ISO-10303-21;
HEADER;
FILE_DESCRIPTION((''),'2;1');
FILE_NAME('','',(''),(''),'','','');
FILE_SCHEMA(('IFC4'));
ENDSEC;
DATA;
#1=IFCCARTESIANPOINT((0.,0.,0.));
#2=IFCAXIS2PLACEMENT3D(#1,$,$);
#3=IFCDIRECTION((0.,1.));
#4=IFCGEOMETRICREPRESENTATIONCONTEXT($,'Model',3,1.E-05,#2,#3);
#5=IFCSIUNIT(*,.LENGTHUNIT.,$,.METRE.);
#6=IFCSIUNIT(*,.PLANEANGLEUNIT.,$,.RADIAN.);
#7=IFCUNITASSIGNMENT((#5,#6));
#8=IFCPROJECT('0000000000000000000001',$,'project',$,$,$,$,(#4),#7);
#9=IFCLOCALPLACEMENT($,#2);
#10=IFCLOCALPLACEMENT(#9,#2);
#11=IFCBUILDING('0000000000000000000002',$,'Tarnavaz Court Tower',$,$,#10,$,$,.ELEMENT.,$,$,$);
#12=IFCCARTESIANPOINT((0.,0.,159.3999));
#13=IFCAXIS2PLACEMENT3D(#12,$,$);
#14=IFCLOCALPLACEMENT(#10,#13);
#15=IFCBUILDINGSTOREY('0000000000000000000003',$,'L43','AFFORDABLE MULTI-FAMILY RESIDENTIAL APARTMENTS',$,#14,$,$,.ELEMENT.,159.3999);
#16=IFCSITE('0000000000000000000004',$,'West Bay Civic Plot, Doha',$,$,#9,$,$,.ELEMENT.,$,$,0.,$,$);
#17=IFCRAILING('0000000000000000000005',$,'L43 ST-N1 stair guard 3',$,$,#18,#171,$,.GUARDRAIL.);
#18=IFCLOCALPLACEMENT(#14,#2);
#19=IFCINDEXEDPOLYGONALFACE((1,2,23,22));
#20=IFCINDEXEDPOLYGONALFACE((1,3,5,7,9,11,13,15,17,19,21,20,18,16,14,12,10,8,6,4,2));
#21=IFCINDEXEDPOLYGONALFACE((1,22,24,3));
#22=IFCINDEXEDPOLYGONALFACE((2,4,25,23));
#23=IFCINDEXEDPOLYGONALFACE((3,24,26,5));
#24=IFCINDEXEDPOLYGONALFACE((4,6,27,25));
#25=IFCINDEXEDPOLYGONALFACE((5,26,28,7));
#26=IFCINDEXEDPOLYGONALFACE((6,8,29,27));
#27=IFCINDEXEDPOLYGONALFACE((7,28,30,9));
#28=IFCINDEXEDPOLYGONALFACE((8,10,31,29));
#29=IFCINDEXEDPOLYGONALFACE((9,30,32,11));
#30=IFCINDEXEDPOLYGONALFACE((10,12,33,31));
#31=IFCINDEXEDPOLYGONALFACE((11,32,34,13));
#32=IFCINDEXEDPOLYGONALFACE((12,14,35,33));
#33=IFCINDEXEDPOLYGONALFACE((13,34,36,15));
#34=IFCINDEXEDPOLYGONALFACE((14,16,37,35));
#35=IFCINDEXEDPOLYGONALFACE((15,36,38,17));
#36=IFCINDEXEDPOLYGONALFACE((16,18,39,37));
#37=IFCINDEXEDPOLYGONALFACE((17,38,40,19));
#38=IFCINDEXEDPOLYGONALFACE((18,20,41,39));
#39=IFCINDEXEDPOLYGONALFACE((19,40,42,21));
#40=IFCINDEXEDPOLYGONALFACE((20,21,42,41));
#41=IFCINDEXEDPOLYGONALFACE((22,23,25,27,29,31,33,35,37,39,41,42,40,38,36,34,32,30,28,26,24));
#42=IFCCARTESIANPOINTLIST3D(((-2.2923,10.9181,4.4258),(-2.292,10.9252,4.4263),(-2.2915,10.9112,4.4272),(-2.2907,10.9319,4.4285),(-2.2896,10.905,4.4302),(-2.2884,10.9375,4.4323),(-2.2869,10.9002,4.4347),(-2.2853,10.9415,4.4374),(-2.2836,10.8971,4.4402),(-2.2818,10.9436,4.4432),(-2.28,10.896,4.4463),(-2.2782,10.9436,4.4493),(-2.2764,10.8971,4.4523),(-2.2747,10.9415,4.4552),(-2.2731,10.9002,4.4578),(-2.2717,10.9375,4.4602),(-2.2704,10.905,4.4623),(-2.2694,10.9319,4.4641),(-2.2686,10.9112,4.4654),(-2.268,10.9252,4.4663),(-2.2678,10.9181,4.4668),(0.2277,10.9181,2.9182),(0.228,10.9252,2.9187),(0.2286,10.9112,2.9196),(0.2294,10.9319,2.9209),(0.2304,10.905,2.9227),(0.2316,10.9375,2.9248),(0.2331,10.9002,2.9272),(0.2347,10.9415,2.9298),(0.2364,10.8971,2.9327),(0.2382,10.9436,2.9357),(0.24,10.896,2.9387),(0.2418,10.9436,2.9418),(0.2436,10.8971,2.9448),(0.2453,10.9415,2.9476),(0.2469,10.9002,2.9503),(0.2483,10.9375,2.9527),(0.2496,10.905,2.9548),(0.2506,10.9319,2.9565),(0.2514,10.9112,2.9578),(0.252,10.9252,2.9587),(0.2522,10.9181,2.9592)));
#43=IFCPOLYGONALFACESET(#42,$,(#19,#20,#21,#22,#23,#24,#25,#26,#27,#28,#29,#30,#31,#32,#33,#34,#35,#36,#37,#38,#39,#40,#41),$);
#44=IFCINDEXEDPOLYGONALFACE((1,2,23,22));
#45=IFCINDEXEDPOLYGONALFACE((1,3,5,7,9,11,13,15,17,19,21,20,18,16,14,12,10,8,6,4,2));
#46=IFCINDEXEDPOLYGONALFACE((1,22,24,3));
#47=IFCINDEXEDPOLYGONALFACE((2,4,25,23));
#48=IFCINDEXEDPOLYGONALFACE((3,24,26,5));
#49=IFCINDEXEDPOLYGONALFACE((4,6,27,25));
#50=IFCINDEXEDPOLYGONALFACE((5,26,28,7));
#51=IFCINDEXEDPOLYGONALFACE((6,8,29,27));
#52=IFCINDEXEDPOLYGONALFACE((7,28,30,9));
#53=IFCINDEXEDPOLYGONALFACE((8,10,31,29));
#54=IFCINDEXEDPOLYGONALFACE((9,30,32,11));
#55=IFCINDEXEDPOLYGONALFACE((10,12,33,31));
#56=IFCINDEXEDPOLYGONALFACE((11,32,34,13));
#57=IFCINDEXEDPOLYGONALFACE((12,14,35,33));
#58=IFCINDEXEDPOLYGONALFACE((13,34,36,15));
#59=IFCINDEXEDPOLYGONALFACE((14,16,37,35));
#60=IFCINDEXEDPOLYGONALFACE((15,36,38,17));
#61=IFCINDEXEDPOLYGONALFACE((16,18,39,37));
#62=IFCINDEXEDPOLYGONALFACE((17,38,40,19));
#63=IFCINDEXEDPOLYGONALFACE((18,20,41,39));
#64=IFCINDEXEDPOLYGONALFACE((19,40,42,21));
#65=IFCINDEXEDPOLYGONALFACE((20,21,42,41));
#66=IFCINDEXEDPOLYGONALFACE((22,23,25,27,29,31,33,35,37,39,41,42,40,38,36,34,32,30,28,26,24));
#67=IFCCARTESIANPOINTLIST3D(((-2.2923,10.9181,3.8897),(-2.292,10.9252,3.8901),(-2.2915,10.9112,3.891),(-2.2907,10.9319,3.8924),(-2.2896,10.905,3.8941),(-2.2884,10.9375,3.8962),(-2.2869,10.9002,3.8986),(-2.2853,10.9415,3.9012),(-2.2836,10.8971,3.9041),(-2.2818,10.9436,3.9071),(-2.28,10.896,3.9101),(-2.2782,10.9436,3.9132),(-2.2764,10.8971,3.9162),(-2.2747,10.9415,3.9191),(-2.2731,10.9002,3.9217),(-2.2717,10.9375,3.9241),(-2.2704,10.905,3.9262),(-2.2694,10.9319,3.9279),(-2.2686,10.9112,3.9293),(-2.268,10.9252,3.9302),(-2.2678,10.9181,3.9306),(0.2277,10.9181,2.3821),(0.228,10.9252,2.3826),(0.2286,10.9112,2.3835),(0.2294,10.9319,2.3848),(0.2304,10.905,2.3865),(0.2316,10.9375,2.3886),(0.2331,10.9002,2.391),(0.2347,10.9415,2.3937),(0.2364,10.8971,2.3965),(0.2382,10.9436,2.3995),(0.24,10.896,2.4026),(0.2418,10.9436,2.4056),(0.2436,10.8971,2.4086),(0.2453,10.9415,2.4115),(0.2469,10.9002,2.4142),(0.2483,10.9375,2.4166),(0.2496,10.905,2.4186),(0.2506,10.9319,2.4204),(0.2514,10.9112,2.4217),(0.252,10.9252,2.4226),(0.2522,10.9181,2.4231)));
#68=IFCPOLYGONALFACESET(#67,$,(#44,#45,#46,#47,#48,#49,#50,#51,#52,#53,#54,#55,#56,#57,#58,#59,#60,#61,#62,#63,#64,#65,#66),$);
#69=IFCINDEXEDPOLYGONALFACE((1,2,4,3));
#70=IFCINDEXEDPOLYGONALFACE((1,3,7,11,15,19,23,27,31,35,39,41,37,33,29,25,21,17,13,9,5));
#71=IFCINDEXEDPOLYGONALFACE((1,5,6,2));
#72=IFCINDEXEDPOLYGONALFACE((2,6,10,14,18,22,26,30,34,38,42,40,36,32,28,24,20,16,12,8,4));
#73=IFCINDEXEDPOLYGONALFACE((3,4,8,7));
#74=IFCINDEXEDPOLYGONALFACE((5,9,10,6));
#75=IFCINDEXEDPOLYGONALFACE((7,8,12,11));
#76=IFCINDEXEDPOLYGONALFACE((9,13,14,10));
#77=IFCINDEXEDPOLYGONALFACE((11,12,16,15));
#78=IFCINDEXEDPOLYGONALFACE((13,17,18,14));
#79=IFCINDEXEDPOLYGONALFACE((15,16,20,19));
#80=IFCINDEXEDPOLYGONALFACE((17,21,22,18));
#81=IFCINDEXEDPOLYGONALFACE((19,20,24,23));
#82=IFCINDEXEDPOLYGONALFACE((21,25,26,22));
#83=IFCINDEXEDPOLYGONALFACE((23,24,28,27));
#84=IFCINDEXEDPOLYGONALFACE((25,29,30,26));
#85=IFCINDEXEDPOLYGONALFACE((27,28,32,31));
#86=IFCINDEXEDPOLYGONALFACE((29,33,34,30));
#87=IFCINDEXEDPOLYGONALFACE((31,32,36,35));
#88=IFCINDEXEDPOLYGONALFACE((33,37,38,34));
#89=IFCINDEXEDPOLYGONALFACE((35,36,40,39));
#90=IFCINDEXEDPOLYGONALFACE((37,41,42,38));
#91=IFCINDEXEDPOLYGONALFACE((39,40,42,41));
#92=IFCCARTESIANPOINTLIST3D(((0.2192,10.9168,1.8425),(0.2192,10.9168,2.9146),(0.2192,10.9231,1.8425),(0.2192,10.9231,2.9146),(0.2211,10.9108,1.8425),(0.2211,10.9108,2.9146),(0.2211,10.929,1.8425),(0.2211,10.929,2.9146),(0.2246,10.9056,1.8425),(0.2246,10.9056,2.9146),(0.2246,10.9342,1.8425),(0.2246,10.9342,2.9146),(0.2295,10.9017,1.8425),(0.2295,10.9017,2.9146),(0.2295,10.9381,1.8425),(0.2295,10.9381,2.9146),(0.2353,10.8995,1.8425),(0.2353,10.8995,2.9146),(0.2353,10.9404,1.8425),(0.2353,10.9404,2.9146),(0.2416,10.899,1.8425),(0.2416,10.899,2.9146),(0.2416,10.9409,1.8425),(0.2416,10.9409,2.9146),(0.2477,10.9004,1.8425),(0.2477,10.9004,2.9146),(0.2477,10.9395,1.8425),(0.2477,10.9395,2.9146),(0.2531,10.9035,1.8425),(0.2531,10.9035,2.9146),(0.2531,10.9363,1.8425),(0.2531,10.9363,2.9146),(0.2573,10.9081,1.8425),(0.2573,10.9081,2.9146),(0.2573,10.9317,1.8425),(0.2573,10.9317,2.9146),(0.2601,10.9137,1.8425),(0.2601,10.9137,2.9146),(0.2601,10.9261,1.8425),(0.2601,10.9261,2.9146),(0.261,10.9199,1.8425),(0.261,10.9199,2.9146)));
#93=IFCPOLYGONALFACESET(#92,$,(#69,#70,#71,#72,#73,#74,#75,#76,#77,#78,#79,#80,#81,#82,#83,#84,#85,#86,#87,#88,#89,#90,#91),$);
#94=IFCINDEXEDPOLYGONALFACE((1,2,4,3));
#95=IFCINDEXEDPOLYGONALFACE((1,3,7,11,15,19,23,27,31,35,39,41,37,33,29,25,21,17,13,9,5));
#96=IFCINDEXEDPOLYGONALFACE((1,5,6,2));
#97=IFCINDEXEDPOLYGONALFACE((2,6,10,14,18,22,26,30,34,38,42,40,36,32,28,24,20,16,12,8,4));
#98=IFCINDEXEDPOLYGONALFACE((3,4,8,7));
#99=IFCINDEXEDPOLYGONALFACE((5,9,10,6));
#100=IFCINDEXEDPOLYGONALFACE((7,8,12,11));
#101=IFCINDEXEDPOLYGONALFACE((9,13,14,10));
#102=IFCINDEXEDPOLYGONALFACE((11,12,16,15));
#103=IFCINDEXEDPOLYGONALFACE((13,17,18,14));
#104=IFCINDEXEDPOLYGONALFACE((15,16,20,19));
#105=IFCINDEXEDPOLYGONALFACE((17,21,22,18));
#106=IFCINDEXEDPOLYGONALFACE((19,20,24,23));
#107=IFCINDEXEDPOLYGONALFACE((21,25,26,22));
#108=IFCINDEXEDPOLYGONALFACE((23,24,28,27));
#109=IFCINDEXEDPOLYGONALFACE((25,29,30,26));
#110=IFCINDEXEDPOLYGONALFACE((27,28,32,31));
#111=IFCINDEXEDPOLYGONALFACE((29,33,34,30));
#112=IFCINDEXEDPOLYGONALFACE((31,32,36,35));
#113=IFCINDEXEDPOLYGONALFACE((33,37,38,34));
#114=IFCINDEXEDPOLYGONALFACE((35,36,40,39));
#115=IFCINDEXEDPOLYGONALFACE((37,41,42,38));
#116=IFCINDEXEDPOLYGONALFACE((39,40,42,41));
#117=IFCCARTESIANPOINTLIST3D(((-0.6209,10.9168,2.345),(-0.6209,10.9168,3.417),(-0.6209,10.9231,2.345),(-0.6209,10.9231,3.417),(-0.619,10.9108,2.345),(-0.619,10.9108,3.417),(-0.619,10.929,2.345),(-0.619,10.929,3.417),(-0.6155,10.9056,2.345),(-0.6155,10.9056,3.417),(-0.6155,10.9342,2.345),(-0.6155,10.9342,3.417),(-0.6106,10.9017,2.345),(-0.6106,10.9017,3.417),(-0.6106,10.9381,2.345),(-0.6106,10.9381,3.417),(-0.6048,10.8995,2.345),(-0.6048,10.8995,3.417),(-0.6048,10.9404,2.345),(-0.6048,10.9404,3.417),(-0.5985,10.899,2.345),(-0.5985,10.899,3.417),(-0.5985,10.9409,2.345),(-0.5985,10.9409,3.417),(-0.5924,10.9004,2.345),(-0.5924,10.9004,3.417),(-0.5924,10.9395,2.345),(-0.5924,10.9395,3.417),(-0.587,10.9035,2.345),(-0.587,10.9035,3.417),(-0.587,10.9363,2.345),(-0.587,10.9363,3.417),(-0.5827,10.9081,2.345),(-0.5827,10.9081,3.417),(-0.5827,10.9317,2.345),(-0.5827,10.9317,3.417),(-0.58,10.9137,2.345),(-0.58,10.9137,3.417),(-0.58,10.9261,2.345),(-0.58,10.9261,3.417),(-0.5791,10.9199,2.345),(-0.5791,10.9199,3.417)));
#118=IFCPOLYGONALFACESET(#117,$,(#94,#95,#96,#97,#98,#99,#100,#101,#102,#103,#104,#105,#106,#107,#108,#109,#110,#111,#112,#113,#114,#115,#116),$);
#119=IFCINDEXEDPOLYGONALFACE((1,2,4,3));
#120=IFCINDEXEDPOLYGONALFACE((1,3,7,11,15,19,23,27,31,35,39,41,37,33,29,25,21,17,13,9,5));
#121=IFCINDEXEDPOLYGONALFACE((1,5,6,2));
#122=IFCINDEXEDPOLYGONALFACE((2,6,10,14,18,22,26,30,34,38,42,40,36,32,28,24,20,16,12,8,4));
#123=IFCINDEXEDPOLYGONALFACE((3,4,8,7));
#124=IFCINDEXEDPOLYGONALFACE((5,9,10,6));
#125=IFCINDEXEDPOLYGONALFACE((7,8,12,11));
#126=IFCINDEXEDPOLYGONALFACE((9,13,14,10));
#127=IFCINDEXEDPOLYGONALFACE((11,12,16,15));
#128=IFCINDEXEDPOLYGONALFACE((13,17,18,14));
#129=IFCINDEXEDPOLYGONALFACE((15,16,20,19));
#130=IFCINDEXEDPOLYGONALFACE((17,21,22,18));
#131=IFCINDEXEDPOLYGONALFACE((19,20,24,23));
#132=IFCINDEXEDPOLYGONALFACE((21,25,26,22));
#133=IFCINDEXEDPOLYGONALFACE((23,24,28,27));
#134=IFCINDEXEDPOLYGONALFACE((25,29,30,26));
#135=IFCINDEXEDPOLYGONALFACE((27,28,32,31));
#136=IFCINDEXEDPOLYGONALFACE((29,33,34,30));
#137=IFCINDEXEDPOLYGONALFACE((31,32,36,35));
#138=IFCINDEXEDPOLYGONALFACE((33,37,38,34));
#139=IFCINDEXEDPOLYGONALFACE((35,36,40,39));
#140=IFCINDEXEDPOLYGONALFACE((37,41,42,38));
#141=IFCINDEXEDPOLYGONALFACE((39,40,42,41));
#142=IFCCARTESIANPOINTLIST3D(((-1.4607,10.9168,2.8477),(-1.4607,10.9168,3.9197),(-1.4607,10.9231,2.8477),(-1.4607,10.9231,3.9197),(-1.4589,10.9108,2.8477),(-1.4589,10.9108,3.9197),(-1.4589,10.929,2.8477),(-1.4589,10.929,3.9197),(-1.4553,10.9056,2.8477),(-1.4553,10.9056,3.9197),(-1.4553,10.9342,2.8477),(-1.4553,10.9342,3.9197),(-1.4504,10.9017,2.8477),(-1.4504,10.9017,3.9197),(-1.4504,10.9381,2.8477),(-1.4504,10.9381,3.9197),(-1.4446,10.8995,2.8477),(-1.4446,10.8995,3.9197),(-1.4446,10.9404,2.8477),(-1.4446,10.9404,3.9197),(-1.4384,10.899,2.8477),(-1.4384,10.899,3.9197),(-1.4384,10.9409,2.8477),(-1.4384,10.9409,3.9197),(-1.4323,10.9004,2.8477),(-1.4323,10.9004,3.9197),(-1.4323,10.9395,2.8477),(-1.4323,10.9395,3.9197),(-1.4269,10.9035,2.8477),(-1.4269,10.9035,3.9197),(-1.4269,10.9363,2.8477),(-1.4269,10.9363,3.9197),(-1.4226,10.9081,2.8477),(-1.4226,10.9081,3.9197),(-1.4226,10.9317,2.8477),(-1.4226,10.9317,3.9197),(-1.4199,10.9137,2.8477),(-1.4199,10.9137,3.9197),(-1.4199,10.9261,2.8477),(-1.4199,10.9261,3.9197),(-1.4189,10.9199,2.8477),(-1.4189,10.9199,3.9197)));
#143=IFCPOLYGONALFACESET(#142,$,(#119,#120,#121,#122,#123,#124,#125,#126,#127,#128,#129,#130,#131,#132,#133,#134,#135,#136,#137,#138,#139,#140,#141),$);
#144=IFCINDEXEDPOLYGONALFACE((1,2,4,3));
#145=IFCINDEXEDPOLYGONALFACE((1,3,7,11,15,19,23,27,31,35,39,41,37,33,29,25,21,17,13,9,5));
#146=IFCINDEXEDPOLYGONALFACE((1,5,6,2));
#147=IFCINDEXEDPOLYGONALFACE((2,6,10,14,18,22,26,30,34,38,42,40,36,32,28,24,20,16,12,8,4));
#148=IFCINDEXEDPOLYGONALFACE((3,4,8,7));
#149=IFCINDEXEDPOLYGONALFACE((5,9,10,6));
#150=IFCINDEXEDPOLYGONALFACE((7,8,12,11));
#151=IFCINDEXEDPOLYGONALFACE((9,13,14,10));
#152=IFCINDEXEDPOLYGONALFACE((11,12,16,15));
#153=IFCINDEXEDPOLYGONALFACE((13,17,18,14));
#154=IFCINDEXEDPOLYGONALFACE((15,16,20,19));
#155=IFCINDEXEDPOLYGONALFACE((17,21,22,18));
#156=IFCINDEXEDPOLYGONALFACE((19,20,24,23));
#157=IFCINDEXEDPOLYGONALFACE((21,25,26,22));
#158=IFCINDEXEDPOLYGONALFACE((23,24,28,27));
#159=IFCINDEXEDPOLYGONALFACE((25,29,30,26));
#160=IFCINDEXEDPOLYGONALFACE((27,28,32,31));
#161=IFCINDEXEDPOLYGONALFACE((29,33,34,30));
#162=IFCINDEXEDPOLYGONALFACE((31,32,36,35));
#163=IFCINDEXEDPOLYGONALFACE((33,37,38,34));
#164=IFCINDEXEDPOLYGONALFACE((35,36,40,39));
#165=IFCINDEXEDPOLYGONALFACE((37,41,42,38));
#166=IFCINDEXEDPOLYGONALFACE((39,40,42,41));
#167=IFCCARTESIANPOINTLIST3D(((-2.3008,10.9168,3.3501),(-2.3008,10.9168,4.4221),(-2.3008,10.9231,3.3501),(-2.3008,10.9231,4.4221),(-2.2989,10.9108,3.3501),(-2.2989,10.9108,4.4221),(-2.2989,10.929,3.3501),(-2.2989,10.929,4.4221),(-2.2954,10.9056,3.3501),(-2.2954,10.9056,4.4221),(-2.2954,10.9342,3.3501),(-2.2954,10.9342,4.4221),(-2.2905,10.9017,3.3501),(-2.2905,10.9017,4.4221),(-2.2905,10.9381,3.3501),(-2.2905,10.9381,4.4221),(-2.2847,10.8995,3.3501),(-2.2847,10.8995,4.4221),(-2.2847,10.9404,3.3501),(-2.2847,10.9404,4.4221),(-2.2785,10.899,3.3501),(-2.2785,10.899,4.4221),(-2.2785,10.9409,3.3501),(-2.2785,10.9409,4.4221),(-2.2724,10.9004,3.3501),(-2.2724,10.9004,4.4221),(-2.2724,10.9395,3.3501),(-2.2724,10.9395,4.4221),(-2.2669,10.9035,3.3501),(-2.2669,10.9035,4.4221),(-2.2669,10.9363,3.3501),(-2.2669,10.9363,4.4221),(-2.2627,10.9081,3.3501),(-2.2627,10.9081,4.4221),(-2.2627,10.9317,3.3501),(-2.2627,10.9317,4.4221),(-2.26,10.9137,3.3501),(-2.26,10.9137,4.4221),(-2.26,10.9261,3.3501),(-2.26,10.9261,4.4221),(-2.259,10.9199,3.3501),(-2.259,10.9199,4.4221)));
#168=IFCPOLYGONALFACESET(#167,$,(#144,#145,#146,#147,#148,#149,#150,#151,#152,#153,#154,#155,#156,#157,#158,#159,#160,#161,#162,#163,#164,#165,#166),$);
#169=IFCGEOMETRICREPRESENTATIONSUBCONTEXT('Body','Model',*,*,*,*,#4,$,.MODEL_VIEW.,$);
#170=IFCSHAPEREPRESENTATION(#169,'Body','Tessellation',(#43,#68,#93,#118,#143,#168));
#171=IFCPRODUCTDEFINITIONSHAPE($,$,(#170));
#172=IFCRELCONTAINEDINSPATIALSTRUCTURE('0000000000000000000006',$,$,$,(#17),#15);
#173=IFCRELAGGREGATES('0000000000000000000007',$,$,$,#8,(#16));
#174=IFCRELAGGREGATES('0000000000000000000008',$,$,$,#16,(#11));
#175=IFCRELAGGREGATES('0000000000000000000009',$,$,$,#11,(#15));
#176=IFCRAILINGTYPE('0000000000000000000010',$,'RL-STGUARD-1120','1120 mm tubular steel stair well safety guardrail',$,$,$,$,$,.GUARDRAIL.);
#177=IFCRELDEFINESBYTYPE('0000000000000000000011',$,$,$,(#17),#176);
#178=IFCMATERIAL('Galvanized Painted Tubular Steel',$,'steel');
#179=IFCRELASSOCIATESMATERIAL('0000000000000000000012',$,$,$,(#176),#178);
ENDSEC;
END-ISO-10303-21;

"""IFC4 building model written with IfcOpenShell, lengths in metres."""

from ifc_helpers import new_model, si_unit, direction, frame, origin, origin_2d, place, context, subcontext, project, spatial, circle, extrude, material, type_object, element, save


model = new_model("IFC4")

# Units and contexts
model_context = context("Model", 3, precision=1e-05, world=origin(), true_north=direction((0.0, 1.0)))
body_context = subcontext(model_context, "Body", "Model", "MODEL_VIEW")
ifc_project = project(units=[si_unit("LENGTHUNIT", "METRE"), si_unit("PLANEANGLEUNIT", "RADIAN")], contexts=[model_context])

# Site, building, storey
site_placement = place(None, origin())
site = spatial("IfcSite", under=ifc_project, at=site_placement, Name="West Bay Civic Plot, Doha", CompositionType="ELEMENT", RefElevation=0.0)
building_placement = place(site_placement, origin())
building = spatial("IfcBuilding", under=site, at=building_placement, Name="Tarnavaz Court Tower", CompositionType="ELEMENT")
storey_placement = place(building_placement, frame((0.0, 0.0, 159.3999)))
storey = spatial("IfcBuildingStorey", under=building, at=storey_placement, Name="L43", Description="AFFORDABLE MULTI-FAMILY RESIDENTIAL APARTMENTS", CompositionType="ELEMENT", Elevation=159.3999)

# Railing
ifc_material_1 = material(Name="Galvanized Painted Tubular Steel", Category="steel")
railing_type_1 = type_object("IfcRailingType", Name="RL-STGUARD-1120", Description="1120 mm tubular steel stair well safety guardrail", PredefinedType="GUARDRAIL", material=ifc_material_1)
railing_1_placement = place(storey_placement, frame((0.24, 10.9199, 1.8425)))
element("IfcRailing", 1, at=railing_1_placement, inside=storey, type_object=railing_type_1, Name="L43 ST-N1 stair guard 3", PredefinedType="GUARDRAIL", context=body_context, shape_type="SweptSolid", body=[
    extrude(circle(Radius=0.0239, at=origin_2d()), frame((0.0, 0.0, 1.0962), z_axis=(-0.85816, 0.0, 0.513383), x_axis=(0.0, -1.0, 0.0)), (0.0, 0.0, 1.0), 2.9365),
    extrude(circle(Radius=0.0239, at=origin_2d()), frame((0.0, 0.0, 0.5601), z_axis=(-0.85816, 0.0, 0.513383), x_axis=(0.0, -1.0, 0.0)), (0.0, 0.0, 1.0), 2.9365),
    extrude(circle(Radius=0.021, at=origin_2d()), origin(), (0.0, 0.0, 1.0), 1.072),
    extrude(circle(Radius=0.021, at=origin_2d()), frame((-0.8401, 0.0, 0.5024)), (0.0, 0.0, 1.0), 1.072),
    extrude(circle(Radius=0.021, at=origin_2d()), frame((-1.6799, 0.0, 1.0051)), (0.0, 0.0, 1.0), 1.072),
    extrude(circle(Radius=0.021, at=origin_2d()), frame((-2.52, 0.0, 1.5076)), (0.0, 0.0, 1.0), 1.072),
])

save(model, "model.ifc")
